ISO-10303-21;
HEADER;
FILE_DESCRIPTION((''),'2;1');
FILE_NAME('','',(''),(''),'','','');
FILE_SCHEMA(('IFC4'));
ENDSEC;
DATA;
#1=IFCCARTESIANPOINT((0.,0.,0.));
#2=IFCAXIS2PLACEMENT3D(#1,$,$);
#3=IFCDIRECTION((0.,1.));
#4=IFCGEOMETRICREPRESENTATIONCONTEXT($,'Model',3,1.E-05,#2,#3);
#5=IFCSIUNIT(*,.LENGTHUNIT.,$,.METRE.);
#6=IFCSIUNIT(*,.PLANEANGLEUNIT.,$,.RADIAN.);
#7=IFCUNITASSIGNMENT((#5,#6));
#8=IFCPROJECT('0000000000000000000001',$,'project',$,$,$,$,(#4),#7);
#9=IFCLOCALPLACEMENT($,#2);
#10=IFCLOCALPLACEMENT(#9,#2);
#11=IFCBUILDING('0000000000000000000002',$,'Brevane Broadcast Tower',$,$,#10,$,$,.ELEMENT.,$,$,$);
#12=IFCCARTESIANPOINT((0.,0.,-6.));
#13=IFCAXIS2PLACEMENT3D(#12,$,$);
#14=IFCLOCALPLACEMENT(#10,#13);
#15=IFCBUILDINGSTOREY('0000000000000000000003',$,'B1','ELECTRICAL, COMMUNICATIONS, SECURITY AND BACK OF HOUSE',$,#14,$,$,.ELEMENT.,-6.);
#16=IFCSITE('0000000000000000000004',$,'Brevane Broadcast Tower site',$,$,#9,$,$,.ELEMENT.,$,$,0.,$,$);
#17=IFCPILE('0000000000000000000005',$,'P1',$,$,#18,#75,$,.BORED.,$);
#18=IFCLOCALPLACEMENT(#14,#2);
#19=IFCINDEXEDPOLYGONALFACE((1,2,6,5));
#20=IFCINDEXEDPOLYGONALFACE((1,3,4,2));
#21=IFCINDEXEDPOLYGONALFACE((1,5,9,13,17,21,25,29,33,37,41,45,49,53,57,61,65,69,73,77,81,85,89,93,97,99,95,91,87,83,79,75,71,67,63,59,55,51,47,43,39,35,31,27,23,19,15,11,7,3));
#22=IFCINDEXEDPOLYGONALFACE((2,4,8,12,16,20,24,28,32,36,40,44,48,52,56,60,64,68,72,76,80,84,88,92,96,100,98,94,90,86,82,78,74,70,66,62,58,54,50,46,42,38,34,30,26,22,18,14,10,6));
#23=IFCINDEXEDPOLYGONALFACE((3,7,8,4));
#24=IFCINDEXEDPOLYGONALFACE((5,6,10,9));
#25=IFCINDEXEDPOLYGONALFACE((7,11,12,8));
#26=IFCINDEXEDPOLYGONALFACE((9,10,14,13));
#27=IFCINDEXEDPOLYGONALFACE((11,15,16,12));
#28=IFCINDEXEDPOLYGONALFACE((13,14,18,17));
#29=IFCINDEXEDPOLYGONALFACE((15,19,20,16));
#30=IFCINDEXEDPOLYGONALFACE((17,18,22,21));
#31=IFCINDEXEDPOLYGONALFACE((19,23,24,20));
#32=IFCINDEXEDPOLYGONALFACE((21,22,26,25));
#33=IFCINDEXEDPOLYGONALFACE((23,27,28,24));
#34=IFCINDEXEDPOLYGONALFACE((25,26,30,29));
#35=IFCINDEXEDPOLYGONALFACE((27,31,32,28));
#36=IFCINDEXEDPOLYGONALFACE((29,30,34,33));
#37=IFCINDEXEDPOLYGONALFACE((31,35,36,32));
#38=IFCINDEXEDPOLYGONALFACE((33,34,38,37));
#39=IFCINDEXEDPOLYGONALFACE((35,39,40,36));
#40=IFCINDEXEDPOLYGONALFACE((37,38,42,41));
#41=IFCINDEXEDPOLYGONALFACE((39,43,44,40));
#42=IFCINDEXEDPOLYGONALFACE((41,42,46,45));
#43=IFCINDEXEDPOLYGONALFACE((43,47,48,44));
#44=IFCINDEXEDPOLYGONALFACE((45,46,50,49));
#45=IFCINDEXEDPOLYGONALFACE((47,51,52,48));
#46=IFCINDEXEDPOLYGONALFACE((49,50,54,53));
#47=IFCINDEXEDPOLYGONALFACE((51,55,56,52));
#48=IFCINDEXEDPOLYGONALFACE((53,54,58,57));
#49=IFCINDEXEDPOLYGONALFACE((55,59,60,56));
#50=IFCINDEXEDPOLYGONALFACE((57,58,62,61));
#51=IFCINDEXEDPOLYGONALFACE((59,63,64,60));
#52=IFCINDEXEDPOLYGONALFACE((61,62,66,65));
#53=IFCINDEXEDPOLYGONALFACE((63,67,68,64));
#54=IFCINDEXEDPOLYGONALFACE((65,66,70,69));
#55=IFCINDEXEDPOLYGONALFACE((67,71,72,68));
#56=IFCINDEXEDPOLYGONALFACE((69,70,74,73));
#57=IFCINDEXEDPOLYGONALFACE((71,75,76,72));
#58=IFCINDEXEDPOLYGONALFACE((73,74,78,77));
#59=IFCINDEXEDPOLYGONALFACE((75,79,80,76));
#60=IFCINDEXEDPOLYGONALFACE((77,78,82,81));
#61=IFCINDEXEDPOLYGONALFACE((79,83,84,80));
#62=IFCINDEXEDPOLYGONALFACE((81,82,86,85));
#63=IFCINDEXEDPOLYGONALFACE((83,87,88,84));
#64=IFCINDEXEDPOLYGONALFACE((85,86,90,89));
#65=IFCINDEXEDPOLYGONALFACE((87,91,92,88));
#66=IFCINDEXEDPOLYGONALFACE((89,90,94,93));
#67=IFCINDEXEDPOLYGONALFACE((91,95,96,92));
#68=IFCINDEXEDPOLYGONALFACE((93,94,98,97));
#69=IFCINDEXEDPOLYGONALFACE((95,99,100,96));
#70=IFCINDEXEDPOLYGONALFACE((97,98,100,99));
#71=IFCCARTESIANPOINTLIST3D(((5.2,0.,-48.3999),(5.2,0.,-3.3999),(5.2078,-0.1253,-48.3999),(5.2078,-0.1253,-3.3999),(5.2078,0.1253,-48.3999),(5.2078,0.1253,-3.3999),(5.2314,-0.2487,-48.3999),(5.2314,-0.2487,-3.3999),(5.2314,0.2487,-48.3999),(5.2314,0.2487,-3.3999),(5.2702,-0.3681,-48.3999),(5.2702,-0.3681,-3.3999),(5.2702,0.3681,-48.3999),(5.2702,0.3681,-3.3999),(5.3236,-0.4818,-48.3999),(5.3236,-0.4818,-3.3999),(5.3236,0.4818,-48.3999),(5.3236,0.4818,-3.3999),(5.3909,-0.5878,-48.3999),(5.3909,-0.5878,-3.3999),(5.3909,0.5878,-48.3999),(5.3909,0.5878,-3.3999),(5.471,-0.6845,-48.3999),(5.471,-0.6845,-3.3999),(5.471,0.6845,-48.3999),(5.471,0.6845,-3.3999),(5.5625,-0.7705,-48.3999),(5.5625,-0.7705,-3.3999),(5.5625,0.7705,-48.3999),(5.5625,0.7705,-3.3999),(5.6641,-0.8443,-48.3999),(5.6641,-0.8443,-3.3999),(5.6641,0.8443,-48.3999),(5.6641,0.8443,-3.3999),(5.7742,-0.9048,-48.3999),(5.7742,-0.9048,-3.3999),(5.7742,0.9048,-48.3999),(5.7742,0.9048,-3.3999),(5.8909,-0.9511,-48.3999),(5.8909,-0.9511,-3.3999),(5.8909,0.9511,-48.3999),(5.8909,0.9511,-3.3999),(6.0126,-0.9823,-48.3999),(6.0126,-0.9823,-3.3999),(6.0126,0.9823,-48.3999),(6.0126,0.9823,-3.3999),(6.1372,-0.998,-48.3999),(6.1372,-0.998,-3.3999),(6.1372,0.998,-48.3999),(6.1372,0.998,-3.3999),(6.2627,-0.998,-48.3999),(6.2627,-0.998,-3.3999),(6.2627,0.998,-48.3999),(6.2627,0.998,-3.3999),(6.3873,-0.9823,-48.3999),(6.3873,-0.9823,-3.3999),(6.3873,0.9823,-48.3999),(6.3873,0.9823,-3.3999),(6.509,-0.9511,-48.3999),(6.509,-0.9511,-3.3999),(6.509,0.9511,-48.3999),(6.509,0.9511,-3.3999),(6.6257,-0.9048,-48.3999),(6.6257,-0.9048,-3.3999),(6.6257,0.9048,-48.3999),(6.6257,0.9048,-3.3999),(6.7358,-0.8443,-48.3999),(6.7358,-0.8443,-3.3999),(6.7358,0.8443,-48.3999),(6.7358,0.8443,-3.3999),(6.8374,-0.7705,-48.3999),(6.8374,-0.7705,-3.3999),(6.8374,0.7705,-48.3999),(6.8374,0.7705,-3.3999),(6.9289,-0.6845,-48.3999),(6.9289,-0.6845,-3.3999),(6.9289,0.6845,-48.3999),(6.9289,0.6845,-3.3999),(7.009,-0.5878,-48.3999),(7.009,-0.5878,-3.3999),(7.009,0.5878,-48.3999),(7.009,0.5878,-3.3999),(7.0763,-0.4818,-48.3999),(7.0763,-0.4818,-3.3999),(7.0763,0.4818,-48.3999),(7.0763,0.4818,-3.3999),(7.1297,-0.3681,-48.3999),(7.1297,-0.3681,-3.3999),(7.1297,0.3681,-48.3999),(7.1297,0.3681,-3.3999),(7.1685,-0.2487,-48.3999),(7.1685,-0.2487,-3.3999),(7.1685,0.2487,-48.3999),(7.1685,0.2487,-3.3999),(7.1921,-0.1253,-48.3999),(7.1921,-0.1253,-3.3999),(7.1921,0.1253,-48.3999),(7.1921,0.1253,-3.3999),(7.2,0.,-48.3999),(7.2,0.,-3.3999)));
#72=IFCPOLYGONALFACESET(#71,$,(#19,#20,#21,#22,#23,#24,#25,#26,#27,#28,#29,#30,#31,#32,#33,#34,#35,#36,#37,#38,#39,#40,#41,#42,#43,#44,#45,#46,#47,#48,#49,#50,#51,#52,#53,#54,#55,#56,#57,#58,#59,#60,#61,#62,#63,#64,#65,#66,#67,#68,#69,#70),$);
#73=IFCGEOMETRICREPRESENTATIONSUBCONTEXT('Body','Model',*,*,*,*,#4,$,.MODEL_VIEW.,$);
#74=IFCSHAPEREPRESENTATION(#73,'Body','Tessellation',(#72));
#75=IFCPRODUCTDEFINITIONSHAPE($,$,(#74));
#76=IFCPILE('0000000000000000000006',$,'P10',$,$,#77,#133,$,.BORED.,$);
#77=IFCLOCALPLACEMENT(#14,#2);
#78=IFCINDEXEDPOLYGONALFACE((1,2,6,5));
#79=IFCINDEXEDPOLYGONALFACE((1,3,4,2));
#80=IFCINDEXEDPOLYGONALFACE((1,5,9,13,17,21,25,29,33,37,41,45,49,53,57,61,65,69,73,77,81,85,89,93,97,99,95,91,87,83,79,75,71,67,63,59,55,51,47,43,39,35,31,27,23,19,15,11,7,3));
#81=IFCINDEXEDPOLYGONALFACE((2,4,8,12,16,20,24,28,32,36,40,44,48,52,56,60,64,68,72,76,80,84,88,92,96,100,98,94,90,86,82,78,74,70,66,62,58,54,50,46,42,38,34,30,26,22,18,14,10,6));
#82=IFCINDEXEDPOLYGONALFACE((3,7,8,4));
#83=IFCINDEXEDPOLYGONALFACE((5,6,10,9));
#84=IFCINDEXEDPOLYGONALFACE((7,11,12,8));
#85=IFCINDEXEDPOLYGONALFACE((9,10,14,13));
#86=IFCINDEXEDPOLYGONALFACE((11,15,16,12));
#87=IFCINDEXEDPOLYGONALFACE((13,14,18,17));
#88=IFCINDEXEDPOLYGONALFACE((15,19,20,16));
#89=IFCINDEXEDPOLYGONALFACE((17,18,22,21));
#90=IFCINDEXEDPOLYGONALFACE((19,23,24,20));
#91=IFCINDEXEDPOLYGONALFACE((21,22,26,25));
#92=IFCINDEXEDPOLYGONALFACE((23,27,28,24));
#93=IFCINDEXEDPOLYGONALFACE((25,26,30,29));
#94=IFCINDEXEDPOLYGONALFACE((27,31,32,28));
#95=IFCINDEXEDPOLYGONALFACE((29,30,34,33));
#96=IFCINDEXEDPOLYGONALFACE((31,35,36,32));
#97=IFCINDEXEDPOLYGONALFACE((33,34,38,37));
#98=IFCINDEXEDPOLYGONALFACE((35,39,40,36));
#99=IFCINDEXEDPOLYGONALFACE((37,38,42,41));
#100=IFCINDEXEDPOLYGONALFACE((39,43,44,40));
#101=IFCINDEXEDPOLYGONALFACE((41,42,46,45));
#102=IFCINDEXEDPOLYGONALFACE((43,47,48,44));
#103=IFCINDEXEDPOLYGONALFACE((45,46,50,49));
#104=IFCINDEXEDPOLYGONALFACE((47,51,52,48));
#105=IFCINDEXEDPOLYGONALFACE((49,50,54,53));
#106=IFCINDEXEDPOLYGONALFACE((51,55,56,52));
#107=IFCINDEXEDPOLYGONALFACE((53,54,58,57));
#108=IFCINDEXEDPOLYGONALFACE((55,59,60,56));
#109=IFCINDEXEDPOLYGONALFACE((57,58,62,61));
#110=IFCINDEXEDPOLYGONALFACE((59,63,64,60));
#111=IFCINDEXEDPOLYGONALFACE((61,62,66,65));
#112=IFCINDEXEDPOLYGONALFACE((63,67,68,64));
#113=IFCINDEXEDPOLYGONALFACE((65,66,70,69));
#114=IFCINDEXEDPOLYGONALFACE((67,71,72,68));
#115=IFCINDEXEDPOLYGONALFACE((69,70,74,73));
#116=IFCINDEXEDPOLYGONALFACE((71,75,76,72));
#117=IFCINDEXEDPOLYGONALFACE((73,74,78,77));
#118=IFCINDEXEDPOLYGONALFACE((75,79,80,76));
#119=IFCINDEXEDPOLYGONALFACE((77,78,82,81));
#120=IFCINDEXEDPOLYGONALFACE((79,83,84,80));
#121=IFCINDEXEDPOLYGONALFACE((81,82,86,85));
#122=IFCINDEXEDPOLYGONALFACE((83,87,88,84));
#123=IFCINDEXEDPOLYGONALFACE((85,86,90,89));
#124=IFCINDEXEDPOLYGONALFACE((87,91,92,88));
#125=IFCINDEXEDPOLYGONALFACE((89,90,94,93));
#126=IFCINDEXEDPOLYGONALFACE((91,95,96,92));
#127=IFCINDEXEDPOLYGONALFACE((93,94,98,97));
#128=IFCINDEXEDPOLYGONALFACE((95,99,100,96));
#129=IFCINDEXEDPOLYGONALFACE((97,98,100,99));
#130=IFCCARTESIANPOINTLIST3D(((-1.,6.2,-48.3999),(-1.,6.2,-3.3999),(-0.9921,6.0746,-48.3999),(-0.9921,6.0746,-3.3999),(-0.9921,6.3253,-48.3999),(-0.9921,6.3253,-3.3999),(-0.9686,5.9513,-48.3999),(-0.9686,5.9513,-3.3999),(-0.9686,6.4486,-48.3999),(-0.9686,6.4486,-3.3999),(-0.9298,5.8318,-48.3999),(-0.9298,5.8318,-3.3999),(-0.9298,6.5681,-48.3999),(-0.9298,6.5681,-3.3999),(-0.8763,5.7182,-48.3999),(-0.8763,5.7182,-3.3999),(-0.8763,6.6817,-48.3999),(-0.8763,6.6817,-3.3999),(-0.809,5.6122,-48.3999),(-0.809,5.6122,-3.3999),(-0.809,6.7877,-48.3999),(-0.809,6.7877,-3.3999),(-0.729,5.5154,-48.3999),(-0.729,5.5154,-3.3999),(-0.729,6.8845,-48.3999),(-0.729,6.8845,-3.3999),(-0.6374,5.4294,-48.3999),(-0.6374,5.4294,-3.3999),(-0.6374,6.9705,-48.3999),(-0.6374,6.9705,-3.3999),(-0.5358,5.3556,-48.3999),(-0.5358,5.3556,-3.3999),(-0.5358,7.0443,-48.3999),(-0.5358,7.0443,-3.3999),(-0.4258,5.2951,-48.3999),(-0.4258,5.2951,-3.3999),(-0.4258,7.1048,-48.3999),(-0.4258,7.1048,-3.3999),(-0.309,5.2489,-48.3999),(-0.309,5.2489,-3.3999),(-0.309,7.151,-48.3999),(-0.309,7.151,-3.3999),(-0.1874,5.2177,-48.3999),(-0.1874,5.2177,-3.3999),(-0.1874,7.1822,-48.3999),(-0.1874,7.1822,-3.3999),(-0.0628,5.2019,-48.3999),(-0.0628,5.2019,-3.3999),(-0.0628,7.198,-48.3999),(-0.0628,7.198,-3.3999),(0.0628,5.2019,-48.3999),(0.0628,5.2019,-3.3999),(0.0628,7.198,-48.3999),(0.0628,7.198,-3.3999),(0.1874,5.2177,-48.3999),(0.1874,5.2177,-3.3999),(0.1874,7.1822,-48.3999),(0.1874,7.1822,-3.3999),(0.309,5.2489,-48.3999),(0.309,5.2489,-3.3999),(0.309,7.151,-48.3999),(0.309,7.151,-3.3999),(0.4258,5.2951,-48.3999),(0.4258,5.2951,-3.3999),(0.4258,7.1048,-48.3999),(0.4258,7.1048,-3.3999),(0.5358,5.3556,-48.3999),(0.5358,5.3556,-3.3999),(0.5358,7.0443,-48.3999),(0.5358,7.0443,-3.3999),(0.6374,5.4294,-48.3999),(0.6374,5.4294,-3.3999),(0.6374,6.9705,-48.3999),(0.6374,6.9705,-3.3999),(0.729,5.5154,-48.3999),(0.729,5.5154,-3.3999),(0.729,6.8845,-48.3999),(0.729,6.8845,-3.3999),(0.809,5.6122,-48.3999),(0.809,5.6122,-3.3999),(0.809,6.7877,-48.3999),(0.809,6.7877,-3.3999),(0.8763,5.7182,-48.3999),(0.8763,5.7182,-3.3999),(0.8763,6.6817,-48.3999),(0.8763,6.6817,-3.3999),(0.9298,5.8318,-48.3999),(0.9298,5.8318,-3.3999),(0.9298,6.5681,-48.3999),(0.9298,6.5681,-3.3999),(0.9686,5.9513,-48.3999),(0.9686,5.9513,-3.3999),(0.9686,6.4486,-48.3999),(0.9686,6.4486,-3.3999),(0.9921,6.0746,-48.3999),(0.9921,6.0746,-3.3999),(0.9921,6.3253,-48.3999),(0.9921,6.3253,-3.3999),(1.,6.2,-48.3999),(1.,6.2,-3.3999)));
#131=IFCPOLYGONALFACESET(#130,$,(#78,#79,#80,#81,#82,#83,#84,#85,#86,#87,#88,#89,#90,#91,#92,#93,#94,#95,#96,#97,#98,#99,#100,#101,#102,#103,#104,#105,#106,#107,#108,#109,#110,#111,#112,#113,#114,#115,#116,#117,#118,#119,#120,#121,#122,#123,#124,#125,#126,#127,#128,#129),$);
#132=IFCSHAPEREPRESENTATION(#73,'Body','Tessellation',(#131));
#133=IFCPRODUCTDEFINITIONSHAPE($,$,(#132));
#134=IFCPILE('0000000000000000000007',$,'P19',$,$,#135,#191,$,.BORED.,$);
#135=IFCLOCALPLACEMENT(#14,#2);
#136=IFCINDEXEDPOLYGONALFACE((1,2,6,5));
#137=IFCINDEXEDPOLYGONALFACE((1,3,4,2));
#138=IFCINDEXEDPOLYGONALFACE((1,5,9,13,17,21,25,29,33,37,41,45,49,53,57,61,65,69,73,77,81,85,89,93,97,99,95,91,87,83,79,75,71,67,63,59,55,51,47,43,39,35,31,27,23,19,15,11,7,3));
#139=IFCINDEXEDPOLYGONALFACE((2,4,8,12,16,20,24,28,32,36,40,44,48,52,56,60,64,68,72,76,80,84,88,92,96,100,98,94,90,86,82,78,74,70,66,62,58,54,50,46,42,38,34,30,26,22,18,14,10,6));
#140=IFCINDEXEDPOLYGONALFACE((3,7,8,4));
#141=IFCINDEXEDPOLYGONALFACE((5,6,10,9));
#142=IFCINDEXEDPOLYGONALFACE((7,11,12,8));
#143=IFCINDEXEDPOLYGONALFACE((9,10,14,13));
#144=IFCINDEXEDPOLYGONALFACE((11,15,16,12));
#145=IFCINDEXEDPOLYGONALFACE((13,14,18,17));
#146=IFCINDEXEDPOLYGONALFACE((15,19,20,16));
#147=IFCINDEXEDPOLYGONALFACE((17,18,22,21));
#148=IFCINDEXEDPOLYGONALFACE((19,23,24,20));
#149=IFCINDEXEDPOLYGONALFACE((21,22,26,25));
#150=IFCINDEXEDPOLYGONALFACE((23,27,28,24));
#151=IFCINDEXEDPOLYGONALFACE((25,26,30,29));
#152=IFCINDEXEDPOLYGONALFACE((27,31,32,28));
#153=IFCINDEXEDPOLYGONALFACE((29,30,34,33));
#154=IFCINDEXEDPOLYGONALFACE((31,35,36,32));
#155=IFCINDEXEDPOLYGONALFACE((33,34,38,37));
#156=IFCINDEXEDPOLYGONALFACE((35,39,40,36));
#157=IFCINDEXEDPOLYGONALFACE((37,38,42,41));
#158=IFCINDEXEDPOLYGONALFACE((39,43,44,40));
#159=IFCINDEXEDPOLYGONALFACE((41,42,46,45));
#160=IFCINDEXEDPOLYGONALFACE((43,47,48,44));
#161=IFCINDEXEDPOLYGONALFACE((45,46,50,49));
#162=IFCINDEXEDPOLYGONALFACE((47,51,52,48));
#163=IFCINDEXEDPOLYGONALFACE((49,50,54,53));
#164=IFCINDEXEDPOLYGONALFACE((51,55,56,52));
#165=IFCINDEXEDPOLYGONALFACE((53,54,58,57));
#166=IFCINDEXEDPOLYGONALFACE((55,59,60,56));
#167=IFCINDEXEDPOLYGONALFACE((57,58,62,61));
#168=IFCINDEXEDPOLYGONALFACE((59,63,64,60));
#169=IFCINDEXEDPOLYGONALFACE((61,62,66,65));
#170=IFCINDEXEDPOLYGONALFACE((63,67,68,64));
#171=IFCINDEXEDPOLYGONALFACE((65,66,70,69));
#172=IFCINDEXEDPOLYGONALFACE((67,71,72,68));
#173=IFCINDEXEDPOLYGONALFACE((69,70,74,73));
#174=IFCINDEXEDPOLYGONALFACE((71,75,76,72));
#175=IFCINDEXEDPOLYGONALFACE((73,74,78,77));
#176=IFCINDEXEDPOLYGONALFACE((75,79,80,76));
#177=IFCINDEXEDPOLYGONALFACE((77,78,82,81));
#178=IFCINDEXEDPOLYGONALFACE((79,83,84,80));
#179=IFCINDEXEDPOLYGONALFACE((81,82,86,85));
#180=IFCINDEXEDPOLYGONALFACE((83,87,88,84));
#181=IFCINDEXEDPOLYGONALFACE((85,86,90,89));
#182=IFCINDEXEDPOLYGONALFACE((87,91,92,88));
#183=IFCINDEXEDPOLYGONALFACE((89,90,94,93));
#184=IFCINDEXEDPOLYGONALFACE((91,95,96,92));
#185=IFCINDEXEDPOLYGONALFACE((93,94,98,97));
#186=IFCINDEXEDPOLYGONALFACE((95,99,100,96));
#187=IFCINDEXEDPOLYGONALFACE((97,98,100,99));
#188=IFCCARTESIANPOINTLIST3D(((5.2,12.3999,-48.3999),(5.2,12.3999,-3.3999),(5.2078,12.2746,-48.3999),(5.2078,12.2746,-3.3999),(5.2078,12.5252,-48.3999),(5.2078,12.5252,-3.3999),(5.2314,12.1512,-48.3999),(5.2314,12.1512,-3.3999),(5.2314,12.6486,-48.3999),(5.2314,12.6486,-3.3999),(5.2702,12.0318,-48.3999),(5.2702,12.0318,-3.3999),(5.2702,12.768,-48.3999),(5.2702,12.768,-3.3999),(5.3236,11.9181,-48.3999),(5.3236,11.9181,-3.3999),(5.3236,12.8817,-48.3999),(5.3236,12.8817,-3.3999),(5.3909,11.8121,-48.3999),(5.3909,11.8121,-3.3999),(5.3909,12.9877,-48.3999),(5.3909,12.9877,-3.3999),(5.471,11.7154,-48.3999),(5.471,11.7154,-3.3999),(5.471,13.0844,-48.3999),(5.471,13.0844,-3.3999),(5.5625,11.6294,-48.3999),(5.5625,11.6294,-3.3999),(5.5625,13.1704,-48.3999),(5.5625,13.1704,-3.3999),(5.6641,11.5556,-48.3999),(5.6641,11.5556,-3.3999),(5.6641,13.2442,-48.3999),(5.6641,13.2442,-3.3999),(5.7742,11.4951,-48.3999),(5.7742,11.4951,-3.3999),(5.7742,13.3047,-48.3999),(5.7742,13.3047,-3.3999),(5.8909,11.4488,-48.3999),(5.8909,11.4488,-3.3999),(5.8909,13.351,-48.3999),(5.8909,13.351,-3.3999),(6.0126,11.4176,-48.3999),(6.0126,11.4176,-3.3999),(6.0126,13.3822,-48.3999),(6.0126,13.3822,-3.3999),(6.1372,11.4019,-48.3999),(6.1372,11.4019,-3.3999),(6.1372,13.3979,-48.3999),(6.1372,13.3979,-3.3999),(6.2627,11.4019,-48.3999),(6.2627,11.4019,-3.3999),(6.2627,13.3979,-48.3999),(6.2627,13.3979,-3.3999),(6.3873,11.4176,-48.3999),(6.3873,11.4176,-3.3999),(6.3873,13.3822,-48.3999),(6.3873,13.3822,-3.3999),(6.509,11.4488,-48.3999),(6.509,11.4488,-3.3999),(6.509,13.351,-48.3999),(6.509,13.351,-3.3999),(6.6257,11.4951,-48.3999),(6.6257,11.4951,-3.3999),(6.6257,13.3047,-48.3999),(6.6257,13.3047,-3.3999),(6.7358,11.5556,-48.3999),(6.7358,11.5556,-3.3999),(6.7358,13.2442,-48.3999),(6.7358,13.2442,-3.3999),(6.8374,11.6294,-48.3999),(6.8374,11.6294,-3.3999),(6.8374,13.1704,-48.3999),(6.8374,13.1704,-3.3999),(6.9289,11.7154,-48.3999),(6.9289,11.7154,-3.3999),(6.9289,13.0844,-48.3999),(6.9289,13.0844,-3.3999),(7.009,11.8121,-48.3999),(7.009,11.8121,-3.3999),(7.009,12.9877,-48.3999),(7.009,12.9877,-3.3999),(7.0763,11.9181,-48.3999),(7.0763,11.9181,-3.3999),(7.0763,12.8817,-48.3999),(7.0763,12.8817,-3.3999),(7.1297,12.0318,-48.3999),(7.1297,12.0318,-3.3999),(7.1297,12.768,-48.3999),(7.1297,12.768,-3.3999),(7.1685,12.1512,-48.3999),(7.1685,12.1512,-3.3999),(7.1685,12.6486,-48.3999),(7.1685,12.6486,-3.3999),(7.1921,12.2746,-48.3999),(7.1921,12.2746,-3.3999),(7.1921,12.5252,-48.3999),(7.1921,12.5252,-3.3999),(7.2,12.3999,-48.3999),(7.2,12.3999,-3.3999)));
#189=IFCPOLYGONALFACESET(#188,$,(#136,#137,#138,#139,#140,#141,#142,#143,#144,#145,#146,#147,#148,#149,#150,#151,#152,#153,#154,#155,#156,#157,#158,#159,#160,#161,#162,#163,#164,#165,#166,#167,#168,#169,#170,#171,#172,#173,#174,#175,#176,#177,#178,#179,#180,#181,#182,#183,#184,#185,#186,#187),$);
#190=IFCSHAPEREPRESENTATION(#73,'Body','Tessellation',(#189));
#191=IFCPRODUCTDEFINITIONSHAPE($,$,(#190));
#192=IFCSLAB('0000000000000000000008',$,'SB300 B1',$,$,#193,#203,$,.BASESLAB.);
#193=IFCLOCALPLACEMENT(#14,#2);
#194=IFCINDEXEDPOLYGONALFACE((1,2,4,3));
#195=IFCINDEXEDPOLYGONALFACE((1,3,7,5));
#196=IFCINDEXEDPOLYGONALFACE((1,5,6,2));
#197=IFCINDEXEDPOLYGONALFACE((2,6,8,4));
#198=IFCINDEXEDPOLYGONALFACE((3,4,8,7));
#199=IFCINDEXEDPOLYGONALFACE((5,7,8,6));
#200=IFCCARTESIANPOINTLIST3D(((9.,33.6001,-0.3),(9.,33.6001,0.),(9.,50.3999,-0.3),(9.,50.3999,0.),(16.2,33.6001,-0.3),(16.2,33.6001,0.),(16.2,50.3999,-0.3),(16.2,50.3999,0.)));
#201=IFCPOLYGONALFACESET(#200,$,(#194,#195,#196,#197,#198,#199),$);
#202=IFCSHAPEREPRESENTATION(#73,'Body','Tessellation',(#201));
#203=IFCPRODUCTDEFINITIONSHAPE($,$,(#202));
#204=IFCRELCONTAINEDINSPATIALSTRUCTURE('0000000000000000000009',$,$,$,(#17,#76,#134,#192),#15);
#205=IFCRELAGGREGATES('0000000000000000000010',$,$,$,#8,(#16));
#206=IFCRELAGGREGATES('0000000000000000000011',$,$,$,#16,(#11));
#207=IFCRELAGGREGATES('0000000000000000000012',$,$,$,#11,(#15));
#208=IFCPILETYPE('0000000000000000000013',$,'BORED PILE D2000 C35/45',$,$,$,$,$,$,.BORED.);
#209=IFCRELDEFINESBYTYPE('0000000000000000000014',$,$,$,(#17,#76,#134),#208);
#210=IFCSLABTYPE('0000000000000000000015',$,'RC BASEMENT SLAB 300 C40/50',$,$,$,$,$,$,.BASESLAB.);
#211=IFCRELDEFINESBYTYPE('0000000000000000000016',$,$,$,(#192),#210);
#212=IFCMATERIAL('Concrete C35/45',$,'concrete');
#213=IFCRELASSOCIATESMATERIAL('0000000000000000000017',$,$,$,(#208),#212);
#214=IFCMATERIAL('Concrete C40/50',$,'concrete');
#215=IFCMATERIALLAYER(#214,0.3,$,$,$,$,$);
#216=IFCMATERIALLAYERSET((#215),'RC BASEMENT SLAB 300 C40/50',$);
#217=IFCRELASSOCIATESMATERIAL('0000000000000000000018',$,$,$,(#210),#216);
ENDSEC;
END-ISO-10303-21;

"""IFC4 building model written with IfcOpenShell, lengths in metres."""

from ifc_helpers import new_model, si_unit, direction, frame, origin, origin_2d, place, context, subcontext, project, spatial, polyline, circle, outline, extrude, material, layer, layer_set, material_profile, profile_set, type_object, element, save


model = new_model("IFC4")

# Units and contexts
model_context = context("Model", 3, precision=1e-05, world=origin(), true_north=direction((0.0, 1.0)))
body_context = subcontext(model_context, "Body", "Model", "MODEL_VIEW")
ifc_project = project(units=[si_unit("LENGTHUNIT", "METRE"), si_unit("PLANEANGLEUNIT", "RADIAN")], contexts=[model_context])

# Site, building, storey
site_placement = place(None, origin())
site = spatial("IfcSite", under=ifc_project, at=site_placement, Name="Brevane Broadcast Tower site", CompositionType="ELEMENT", RefElevation=0.0)
building_placement = place(site_placement, origin())
building = spatial("IfcBuilding", under=site, at=building_placement, Name="Brevane Broadcast Tower", CompositionType="ELEMENT")
storey_placement = place(building_placement, frame((0.0, 0.0, -6.0)))
storey = spatial("IfcBuildingStorey", under=building, at=storey_placement, Name="B1", Description="ELECTRICAL, COMMUNICATIONS, SECURITY AND BACK OF HOUSE", CompositionType="ELEMENT", Elevation=-6.0)

# Piles
ifc_material_1 = material(Name="Concrete C35/45", Category="concrete")
ifc_material_profile = material_profile(ifc_material_1, circle(Radius=1.0, at=origin_2d()), Name="RC D2000")
ifc_profile_set = profile_set([ifc_material_profile], Name="Concrete C35/45")
pile_type = type_object("IfcPileType", Name="BORED PILE D2000 C35/45", PredefinedType="BORED", material=ifc_profile_set)
for number, where, z_axis, x_axis, name in (
    (1, (6.2, 0.0, -3.3999), (0.0, 0.0, -1.0), (1.0, 0.0, 0.0), "P1"),
    (2, (0.0, 6.2, -3.3999), (0.0, 0.0, -1.0), (1.0, 0.0, 0.0), "P10"),
    (3, (6.2, 12.3999, -3.3999), (0.0, 0.0, -1.0), (1.0, 0.0, 0.0), "P19"),
):
    element("IfcPile", number, at=place(storey_placement, frame(where, z_axis=z_axis, x_axis=x_axis)), inside=storey, type_object=pile_type, Name=name, PredefinedType="BORED", context=body_context, shape_type="SweptSolid", body=[
        extrude(circle(Radius=1.0, at=origin_2d()), origin(), (0.0, 0.0, 1.0), 45.0),
    ])

# Slab
ifc_material_2 = material(Name="Concrete C40/50", Category="concrete")
ifc_layer_1 = layer(ifc_material_2, 0.3)
ifc_layer_set_1 = layer_set([ifc_layer_1], Name="RC BASEMENT SLAB 300 C40/50")
slab_type = type_object("IfcSlabType", Name="RC BASEMENT SLAB 300 C40/50", PredefinedType="BASESLAB", material=ifc_layer_set_1)
slab_1_placement = place(storey_placement, frame((0.0, 0.0, -0.3)))
element("IfcSlab", 4, at=slab_1_placement, inside=storey, type_object=slab_type, Name="SB300 B1", PredefinedType="BASESLAB", context=body_context, shape_type="SweptSolid", body=[
    extrude(outline(polyline([(9.0, 50.3999), (16.2, 50.3999), (16.2, 33.6001), (9.0, 33.6001), (9.0, 50.3999)])), origin(), (0.0, 0.0, 1.0), 0.3),
])

save(model, "model.ifc")
